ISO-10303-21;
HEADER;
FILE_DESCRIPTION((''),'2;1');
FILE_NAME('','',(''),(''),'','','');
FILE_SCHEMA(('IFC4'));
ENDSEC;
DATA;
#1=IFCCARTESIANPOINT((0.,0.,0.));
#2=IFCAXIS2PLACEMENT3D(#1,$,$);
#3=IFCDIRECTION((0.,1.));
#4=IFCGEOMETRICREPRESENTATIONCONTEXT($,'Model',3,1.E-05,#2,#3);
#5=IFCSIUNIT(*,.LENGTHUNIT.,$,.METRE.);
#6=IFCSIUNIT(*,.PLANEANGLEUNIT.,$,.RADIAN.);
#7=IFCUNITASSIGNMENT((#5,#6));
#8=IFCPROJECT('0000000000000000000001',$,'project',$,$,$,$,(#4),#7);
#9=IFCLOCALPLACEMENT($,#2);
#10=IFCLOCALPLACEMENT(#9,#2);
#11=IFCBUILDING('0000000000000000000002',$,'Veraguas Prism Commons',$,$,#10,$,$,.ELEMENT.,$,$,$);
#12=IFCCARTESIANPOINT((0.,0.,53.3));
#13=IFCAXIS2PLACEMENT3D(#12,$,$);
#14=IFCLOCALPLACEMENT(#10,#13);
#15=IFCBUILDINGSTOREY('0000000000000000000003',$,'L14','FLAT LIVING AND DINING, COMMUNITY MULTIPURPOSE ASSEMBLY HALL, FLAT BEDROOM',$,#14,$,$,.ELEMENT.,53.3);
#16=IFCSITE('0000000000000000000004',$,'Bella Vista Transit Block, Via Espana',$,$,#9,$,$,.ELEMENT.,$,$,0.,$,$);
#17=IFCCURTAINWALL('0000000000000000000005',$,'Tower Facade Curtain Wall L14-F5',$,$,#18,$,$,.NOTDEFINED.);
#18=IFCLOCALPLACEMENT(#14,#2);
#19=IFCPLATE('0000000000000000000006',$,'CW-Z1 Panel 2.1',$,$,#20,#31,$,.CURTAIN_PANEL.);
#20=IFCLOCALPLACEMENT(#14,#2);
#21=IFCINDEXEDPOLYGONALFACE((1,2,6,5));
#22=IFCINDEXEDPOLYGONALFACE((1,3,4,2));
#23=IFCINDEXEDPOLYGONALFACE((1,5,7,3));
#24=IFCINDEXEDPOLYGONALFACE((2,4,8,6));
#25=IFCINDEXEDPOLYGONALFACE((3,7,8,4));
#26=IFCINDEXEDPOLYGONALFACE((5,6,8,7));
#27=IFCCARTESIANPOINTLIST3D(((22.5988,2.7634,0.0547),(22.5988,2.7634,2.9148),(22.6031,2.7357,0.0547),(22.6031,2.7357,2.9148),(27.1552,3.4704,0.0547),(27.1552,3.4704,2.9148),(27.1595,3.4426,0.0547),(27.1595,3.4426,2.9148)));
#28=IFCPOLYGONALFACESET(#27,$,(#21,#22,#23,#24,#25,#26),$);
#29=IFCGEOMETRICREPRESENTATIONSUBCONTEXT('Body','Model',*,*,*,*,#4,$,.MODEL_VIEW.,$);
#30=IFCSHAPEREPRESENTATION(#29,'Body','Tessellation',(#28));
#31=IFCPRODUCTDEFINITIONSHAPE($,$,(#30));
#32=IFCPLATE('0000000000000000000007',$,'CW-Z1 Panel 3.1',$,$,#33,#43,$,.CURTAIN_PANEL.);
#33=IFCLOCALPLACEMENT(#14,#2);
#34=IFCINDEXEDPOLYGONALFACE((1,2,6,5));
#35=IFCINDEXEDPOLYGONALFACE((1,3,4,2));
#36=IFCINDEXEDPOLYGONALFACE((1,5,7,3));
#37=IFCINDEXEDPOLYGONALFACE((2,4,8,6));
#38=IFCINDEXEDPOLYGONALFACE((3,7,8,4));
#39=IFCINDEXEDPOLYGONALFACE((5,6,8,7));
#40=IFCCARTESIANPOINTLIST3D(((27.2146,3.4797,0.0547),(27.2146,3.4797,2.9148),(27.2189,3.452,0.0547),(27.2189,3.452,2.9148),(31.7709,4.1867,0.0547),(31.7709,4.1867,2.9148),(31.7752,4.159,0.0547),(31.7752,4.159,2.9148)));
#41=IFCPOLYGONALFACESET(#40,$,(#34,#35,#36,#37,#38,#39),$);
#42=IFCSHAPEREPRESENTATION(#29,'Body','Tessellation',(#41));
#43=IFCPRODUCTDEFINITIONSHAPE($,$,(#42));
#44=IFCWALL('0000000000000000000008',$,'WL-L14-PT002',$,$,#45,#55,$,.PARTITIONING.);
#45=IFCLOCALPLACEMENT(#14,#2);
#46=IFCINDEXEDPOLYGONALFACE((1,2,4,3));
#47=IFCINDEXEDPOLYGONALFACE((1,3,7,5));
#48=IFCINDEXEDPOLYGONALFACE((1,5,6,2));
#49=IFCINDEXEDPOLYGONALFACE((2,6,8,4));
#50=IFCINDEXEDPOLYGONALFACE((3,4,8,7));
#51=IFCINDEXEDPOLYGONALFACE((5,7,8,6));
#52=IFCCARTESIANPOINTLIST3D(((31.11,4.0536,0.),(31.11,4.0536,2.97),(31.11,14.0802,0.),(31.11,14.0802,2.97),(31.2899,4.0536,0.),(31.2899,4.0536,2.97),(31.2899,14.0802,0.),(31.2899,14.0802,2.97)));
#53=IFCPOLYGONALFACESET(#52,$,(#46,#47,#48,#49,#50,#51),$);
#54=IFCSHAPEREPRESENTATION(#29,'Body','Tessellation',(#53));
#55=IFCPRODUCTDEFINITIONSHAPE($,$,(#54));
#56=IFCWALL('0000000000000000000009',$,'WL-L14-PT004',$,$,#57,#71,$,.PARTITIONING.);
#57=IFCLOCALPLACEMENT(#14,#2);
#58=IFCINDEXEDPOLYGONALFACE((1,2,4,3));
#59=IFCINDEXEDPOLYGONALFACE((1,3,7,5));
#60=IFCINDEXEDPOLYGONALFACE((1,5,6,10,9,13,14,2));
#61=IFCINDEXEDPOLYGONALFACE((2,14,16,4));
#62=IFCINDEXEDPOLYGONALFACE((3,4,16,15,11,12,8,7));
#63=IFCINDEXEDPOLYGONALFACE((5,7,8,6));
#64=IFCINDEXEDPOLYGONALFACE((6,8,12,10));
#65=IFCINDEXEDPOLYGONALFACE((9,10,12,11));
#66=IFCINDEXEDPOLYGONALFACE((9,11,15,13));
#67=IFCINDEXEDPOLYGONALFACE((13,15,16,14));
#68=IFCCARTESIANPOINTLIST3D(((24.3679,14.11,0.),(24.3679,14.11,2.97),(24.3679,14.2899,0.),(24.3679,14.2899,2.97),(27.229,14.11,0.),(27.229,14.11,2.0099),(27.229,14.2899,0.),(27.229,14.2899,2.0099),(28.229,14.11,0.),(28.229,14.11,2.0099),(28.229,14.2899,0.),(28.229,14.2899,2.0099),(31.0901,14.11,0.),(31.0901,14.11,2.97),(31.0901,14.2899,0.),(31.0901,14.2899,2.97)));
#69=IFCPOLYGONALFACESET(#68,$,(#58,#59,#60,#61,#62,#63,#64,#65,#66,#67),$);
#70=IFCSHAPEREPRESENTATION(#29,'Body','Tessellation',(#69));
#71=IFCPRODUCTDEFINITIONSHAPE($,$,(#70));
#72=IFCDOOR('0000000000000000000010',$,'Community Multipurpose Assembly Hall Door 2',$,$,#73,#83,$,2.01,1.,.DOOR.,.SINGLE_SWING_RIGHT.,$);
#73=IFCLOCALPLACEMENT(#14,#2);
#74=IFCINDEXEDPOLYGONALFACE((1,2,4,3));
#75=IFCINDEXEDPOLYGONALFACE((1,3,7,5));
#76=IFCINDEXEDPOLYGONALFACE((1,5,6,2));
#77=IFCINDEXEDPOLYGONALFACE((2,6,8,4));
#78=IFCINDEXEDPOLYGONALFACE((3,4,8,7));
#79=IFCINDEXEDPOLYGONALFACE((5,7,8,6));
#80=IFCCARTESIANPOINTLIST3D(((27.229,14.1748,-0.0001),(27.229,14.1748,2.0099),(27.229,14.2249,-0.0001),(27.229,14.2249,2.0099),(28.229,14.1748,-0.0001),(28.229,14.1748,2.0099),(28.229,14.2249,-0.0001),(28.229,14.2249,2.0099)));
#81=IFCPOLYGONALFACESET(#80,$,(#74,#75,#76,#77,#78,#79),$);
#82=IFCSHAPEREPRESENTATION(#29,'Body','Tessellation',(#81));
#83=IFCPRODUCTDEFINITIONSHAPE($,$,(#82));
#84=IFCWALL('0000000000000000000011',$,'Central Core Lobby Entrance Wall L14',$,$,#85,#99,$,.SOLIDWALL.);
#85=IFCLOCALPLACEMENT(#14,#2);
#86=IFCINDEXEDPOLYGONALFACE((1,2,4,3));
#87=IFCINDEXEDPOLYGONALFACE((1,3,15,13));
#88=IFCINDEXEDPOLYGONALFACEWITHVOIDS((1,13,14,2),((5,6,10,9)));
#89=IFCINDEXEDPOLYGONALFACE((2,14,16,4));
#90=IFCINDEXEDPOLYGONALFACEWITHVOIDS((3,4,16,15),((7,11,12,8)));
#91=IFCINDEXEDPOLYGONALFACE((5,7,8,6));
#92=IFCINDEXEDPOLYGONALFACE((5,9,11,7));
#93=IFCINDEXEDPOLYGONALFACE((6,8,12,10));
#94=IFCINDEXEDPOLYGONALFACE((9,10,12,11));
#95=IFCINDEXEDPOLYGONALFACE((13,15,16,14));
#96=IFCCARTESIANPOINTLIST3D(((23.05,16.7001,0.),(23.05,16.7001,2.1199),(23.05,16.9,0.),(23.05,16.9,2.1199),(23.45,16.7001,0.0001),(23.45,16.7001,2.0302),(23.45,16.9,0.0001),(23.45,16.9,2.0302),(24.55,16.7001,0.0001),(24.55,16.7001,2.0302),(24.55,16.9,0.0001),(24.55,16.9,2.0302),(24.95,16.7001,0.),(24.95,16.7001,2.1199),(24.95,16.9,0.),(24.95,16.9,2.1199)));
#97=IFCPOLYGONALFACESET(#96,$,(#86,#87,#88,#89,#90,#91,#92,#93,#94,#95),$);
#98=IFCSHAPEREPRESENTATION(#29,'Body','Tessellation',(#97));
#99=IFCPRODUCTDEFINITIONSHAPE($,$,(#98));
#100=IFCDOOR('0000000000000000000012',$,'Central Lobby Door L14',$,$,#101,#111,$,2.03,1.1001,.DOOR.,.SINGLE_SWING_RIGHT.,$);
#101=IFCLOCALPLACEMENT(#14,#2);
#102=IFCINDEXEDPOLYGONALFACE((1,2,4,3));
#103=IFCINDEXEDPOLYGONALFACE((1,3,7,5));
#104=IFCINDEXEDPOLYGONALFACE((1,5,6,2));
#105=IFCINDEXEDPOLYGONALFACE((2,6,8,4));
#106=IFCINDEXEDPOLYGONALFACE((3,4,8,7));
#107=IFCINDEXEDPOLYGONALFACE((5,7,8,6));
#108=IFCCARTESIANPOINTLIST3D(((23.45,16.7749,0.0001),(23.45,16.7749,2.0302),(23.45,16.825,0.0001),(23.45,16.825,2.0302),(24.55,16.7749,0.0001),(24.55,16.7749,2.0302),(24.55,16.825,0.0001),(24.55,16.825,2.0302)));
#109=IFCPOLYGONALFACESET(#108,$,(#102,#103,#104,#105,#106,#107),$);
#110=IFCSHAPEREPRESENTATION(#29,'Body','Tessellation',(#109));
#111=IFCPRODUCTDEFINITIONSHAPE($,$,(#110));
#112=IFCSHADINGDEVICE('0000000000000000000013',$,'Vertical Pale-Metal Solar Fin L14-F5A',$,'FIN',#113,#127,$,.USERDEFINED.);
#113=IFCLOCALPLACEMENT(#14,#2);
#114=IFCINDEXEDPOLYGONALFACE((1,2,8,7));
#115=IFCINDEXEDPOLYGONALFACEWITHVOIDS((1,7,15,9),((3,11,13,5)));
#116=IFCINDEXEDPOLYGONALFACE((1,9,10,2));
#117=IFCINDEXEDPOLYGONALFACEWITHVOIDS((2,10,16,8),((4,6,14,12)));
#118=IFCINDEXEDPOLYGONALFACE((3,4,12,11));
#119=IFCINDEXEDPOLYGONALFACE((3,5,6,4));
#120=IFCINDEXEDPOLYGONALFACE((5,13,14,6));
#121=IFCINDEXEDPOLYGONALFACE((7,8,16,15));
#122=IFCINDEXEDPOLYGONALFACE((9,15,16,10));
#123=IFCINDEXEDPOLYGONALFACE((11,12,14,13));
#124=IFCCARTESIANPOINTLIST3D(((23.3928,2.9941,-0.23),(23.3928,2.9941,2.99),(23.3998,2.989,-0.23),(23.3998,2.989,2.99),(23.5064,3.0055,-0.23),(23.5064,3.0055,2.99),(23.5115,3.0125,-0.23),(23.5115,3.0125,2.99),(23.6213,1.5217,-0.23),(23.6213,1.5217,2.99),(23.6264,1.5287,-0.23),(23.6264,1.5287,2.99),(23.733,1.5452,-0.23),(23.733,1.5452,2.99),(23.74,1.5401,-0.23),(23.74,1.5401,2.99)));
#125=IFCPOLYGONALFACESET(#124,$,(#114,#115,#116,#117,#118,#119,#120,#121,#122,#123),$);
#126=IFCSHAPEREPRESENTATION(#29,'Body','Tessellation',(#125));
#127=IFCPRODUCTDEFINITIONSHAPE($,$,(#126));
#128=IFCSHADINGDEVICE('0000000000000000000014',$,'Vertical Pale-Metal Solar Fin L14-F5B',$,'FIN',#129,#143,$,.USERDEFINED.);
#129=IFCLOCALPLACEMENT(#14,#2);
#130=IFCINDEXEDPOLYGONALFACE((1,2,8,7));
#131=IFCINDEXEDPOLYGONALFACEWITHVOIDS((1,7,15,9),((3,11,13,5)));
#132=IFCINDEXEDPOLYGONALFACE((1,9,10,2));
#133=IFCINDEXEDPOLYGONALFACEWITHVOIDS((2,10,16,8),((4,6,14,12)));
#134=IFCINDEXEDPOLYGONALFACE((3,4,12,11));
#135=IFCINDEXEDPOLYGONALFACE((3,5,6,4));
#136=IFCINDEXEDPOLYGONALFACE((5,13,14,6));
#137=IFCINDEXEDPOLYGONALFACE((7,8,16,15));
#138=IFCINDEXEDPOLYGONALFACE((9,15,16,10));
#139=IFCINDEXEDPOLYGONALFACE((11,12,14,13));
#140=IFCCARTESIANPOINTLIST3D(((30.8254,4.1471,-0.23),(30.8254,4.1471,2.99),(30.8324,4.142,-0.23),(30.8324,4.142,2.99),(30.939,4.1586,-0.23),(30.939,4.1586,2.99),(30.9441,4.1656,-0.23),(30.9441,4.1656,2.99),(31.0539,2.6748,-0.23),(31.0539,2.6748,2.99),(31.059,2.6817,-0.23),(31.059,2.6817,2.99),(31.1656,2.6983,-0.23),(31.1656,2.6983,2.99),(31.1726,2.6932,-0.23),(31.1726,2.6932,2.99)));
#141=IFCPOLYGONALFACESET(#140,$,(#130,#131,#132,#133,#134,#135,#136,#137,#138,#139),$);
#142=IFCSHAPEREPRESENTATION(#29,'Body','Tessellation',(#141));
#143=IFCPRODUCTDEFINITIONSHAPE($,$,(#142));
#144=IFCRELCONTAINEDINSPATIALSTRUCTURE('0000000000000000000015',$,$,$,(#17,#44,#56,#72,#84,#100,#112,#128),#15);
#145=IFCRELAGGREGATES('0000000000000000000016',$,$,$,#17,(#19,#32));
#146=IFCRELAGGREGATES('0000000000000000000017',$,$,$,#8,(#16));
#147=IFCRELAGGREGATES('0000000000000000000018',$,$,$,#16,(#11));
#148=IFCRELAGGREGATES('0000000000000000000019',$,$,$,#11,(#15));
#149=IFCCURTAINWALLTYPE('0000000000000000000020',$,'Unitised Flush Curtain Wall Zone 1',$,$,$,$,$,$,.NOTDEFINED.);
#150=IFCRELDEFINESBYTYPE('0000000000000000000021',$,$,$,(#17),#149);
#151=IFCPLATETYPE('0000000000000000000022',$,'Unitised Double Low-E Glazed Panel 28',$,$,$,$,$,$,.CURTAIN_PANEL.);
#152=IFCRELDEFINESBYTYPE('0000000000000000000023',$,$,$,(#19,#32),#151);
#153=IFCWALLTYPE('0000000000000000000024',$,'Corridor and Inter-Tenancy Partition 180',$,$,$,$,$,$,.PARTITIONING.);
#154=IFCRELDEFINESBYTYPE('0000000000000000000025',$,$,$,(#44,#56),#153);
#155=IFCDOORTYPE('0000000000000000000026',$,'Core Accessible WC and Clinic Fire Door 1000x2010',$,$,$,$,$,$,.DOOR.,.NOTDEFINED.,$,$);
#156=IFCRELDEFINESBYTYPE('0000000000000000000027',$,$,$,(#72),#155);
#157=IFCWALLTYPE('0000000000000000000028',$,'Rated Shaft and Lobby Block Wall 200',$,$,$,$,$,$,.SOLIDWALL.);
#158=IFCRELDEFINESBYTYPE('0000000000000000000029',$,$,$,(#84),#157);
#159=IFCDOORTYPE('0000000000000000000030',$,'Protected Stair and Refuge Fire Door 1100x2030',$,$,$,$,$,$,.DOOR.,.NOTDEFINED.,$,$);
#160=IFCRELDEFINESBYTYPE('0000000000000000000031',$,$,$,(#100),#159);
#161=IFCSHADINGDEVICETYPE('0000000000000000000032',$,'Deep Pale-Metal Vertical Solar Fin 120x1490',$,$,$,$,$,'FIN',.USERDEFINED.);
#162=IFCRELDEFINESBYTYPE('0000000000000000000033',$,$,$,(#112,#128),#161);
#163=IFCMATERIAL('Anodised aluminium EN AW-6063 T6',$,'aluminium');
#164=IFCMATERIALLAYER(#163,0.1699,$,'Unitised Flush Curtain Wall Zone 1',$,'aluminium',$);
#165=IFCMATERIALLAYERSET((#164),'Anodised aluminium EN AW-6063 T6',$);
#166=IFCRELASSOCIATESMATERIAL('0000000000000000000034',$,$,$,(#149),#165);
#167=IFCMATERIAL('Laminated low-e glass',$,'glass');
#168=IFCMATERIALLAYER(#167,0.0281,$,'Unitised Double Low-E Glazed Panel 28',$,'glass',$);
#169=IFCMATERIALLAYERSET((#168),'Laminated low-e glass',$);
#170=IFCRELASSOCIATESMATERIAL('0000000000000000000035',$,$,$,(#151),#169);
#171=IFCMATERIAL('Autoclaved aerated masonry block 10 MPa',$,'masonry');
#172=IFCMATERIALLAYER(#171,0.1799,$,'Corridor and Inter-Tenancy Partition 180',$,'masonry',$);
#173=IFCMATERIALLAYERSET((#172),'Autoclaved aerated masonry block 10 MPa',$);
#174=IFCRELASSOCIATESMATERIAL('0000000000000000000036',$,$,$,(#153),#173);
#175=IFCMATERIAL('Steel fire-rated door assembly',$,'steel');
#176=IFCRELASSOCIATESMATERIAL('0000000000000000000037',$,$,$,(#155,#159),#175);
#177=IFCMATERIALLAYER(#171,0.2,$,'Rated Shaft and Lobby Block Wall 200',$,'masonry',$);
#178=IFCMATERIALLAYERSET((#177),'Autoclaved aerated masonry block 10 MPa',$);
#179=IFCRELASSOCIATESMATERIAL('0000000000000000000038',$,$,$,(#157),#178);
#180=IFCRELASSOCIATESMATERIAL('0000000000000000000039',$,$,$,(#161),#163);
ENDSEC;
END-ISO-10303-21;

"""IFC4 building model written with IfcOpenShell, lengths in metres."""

from ifc_helpers import new_model, si_unit, direction, frame, frame_2d, origin, origin_2d, place, context, subcontext, project, spatial, rectangle, hollow_rectangle, extrude, source, transform, mapped, material, layer, layer_set, material_profile, profile_set, type_object, element, fill, aggregate, save


model = new_model("IFC4")

# Units and contexts
model_context = context("Model", 3, precision=1e-05, world=origin(), true_north=direction((0.0, 1.0)))
body_context = subcontext(model_context, "Body", "Model", "MODEL_VIEW")
ifc_project = project(units=[si_unit("LENGTHUNIT", "METRE"), si_unit("PLANEANGLEUNIT", "RADIAN")], contexts=[model_context])

# Site, building, storey
site_placement = place(None, origin())
site = spatial("IfcSite", under=ifc_project, at=site_placement, Name="Bella Vista Transit Block, Via Espana", CompositionType="ELEMENT", RefElevation=0.0)
building_placement = place(site_placement, origin())
building = spatial("IfcBuilding", under=site, at=building_placement, Name="Veraguas Prism Commons", CompositionType="ELEMENT")
storey_placement = place(building_placement, frame((0.0, 0.0, 53.3)))
storey = spatial("IfcBuildingStorey", under=building, at=storey_placement, Name="L14", Description="FLAT LIVING AND DINING, COMMUNITY MULTIPURPOSE ASSEMBLY HALL, FLAT BEDROOM", CompositionType="ELEMENT", Elevation=53.3)

# Curtain wall, plates
ifc_material_1 = material(Name="Anodised aluminium EN AW-6063 T6", Category="aluminium")
ifc_layer_1 = layer(ifc_material_1, 0.1699, Name="Unitised Flush Curtain Wall Zone 1", Category="aluminium")
ifc_layer_set_1 = layer_set([ifc_layer_1], Name="Anodised aluminium EN AW-6063 T6")
curtain_wall_type = type_object("IfcCurtainWallType", Name="Unitised Flush Curtain Wall Zone 1", PredefinedType="NOTDEFINED", material=ifc_layer_set_1)
curtain_wall_placement = place(storey_placement, origin())
curtain_wall = element("IfcCurtainWall", 1, at=curtain_wall_placement, inside=storey, type_object=curtain_wall_type, Name="Tower Facade Curtain Wall L14-F5", PredefinedType="NOTDEFINED")
ifc_material_2 = material(Name="Laminated low-e glass", Category="glass")
ifc_layer_2 = layer(ifc_material_2, 0.0281, Name="Unitised Double Low-E Glazed Panel 28", Category="glass")
ifc_layer_set_2 = layer_set([ifc_layer_2], Name="Laminated low-e glass")
plate_type = type_object("IfcPlateType", Name="Unitised Double Low-E Glazed Panel 28", PredefinedType="CURTAIN_PANEL", material=ifc_layer_set_2)
shared_shape_1 = source(origin(), body_context, "Body", "SweptSolid", [
    extrude(rectangle(XDim=4.6108, YDim=0.0281, at=origin_2d()), origin(), (0.0, 0.0, 1.0), 2.8601),
])
plate_1_placement = place(storey_placement, frame((24.8792, 3.103, 0.0547), z_axis=(0.0, 0.0, 1.0), x_axis=(0.988175, 0.153331, 0.0)))
plate_1 = element("IfcPlate", 2, at=plate_1_placement, type_object=plate_type, Name="CW-Z1 Panel 2.1", PredefinedType="CURTAIN_PANEL", context=body_context, shape_type="MappedRepresentation", body=[
    mapped(shared_shape_1, transform((0.0, 0.0, 0.0), scale=1.0)),
])
plate_2_placement = place(storey_placement, frame((29.4949, 3.8193, 0.0547), z_axis=(0.0, 0.0, 1.0), x_axis=(0.988175, 0.153331, 0.0)))
plate_2 = element("IfcPlate", 3, at=plate_2_placement, type_object=plate_type, Name="CW-Z1 Panel 3.1", PredefinedType="CURTAIN_PANEL", context=body_context, shape_type="MappedRepresentation", body=[
    mapped(shared_shape_1, transform((0.0, 0.0, 0.0), scale=1.0)),
])
aggregate(curtain_wall, [plate_1, plate_2])

# Wall
ifc_material_3 = material(Name="Autoclaved aerated masonry block 10 MPa", Category="masonry")
ifc_layer_3 = layer(ifc_material_3, 0.1799, Name="Corridor and Inter-Tenancy Partition 180", Category="masonry")
ifc_layer_set_3 = layer_set([ifc_layer_3], Name="Autoclaved aerated masonry block 10 MPa")
wall_type_1 = type_object("IfcWallType", Name="Corridor and Inter-Tenancy Partition 180", PredefinedType="PARTITIONING", material=ifc_layer_set_3)
wall_1_placement = place(storey_placement, frame((31.2, 14.0801, 0.0), z_axis=(0.0, 0.0, 1.0), x_axis=(0.0, -1.0, 0.0)))
element("IfcWall", 4, at=wall_1_placement, inside=storey, type_object=wall_type_1, Name="WL-L14-PT002", PredefinedType="PARTITIONING", context=body_context, shape_type="SweptSolid", body=[
    extrude(rectangle(XDim=10.0266, YDim=0.1799, at=frame_2d((5.0132, 0.0))), origin(), (0.0, 0.0, 1.0), 2.97),
])

# Walls, openings, doors
wall_2_placement = place(storey_placement, frame((24.3679, 14.2, 0.0), z_axis=(0.0, 0.0, 1.0), x_axis=(1.0, 0.0, 0.0)))
wall_2 = element("IfcWall", 5, at=wall_2_placement, inside=storey, type_object=wall_type_1, Name="WL-L14-PT004", PredefinedType="PARTITIONING", context=body_context, shape_type="SweptSolid", body=[
    extrude(rectangle(XDim=6.7222, YDim=0.1799, at=frame_2d((3.3611, 0.0))), origin(), (0.0, 0.0, 1.0), 2.97),
])
opening_1_placement = place(wall_2_placement, frame((2.8611, 0.0, 0.0)))
opening_1 = element("IfcOpeningElement", 6, at=opening_1_placement, cuts=wall_2, PredefinedType="OPENING", context=body_context, shape_type="SweptSolid", body=[
    extrude(rectangle(XDim=1.0, YDim=2.01, at=frame_2d((0.5, 1.0049))), frame((0.0, 0.0999, 0.0), z_axis=(0.0, -1.0, 0.0), x_axis=(1.0, 0.0, 0.0)), (0.0, 0.0, 1.0), 0.2),
])
ifc_material_4 = material(Name="Steel fire-rated door assembly", Category="steel")
door_type_1 = type_object("IfcDoorType", Name="Core Accessible WC and Clinic Fire Door 1000x2010", OperationType="NOTDEFINED", PredefinedType="DOOR", material=ifc_material_4)
shared_shape_2 = source(origin(), body_context, "Body", "SweptSolid", [
    extrude(rectangle(XDim=1.0, YDim=2.01, at=frame_2d((0.5, 1.0049))), frame((0.0, 0.0249, 0.0), z_axis=(0.0, -1.0, 0.0), x_axis=(1.0, 0.0, 0.0)), (0.0, 0.0, 1.0), 0.05),
])
door_1_placement = place(opening_1_placement, origin())
door_1 = element("IfcDoor", 7, at=door_1_placement, inside=storey, type_object=door_type_1, Name="Community Multipurpose Assembly Hall Door 2", OperationType="SINGLE_SWING_RIGHT", OverallHeight=2.01, OverallWidth=1.0, PredefinedType="DOOR", context=body_context, shape_type="MappedRepresentation", body=[
    mapped(shared_shape_2, transform((0.0, 0.0, 0.0), scale=1.0)),
])
fill(opening_1, door_1)
ifc_layer_4 = layer(ifc_material_3, 0.2, Name="Rated Shaft and Lobby Block Wall 200", Category="masonry")
ifc_layer_set_4 = layer_set([ifc_layer_4], Name="Autoclaved aerated masonry block 10 MPa")
wall_type_2 = type_object("IfcWallType", Name="Rated Shaft and Lobby Block Wall 200", PredefinedType="SOLIDWALL", material=ifc_layer_set_4)
wall_3_placement = place(storey_placement, frame((23.05, 16.8, 0.0), z_axis=(0.0, 0.0, 1.0), x_axis=(1.0, 0.0, 0.0)))
wall_3 = element("IfcWall", 8, at=wall_3_placement, inside=storey, type_object=wall_type_2, Name="Central Core Lobby Entrance Wall L14", PredefinedType="SOLIDWALL", context=body_context, shape_type="SweptSolid", body=[
    extrude(rectangle(XDim=1.8999, YDim=0.2, at=frame_2d((0.95, 0.0))), origin(), (0.0, 0.0, 1.0), 2.1199),
])
opening_2_placement = place(wall_3_placement, frame((0.3999, 0.0, 0.0)))
opening_2 = element("IfcOpeningElement", 9, at=opening_2_placement, cuts=wall_3, PredefinedType="OPENING", context=body_context, shape_type="SweptSolid", body=[
    extrude(rectangle(XDim=1.1001, YDim=2.03, at=frame_2d((0.55, 1.0151))), frame((0.0, 0.1099, 0.0), z_axis=(0.0, -1.0, 0.0), x_axis=(1.0, 0.0, 0.0)), (0.0, 0.0, 1.0), 0.22),
])
door_type_2 = type_object("IfcDoorType", Name="Protected Stair and Refuge Fire Door 1100x2030", OperationType="NOTDEFINED", PredefinedType="DOOR", material=ifc_material_4)
shared_shape_3 = source(origin(), body_context, "Body", "SweptSolid", [
    extrude(rectangle(XDim=1.1001, YDim=2.03, at=frame_2d((0.55, 1.0151))), frame((0.0, 0.0249, 0.0), z_axis=(0.0, -1.0, 0.0), x_axis=(1.0, 0.0, 0.0)), (0.0, 0.0, 1.0), 0.05),
])
door_2_placement = place(opening_2_placement, origin())
door_2 = element("IfcDoor", 10, at=door_2_placement, inside=storey, type_object=door_type_2, Name="Central Lobby Door L14", OperationType="SINGLE_SWING_RIGHT", OverallHeight=2.03, OverallWidth=1.1001, PredefinedType="DOOR", context=body_context, shape_type="MappedRepresentation", body=[
    mapped(shared_shape_3, transform((0.0, 0.0, 0.0), scale=1.0)),
])
fill(opening_2, door_2)

# Shading devices
ifc_material_profile_1 = material_profile(ifc_material_1, hollow_rectangle(XDim=0.1201, YDim=1.49, WallThickness=0.0061, at=origin_2d()), Name="FIN120X1490X6")
ifc_profile_set_1 = profile_set([ifc_material_profile_1], Name="Anodised aluminium EN AW-6063 T6")
shading_device_type = type_object("IfcShadingDeviceType", Name="Deep Pale-Metal Vertical Solar Fin 120x1490", ElementType="FIN", PredefinedType="USERDEFINED", material=ifc_profile_set_1)
for number, where, z_axis, x_axis, name in (
    (11, (23.5664, 2.2671, -0.23), (0.0, 0.0, 1.0), (0.988175, 0.153331, 0.0), "Vertical Pale-Metal Solar Fin L14-F5A"),
    (12, (30.999, 3.4202, -0.23), (0.0, 0.0, 1.0), (0.988175, 0.153331, 0.0), "Vertical Pale-Metal Solar Fin L14-F5B"),
):
    element("IfcShadingDevice", number, at=place(storey_placement, frame(where, z_axis=z_axis, x_axis=x_axis)), inside=storey, type_object=shading_device_type, Name=name, ObjectType="FIN", PredefinedType="USERDEFINED", context=body_context, shape_type="SweptSolid", body=[
        extrude(hollow_rectangle(XDim=0.1201, YDim=1.49, WallThickness=0.0061, at=origin_2d()), origin(), (0.0, 0.0, 1.0), 3.22),
    ])

save(model, "model.ifc")
